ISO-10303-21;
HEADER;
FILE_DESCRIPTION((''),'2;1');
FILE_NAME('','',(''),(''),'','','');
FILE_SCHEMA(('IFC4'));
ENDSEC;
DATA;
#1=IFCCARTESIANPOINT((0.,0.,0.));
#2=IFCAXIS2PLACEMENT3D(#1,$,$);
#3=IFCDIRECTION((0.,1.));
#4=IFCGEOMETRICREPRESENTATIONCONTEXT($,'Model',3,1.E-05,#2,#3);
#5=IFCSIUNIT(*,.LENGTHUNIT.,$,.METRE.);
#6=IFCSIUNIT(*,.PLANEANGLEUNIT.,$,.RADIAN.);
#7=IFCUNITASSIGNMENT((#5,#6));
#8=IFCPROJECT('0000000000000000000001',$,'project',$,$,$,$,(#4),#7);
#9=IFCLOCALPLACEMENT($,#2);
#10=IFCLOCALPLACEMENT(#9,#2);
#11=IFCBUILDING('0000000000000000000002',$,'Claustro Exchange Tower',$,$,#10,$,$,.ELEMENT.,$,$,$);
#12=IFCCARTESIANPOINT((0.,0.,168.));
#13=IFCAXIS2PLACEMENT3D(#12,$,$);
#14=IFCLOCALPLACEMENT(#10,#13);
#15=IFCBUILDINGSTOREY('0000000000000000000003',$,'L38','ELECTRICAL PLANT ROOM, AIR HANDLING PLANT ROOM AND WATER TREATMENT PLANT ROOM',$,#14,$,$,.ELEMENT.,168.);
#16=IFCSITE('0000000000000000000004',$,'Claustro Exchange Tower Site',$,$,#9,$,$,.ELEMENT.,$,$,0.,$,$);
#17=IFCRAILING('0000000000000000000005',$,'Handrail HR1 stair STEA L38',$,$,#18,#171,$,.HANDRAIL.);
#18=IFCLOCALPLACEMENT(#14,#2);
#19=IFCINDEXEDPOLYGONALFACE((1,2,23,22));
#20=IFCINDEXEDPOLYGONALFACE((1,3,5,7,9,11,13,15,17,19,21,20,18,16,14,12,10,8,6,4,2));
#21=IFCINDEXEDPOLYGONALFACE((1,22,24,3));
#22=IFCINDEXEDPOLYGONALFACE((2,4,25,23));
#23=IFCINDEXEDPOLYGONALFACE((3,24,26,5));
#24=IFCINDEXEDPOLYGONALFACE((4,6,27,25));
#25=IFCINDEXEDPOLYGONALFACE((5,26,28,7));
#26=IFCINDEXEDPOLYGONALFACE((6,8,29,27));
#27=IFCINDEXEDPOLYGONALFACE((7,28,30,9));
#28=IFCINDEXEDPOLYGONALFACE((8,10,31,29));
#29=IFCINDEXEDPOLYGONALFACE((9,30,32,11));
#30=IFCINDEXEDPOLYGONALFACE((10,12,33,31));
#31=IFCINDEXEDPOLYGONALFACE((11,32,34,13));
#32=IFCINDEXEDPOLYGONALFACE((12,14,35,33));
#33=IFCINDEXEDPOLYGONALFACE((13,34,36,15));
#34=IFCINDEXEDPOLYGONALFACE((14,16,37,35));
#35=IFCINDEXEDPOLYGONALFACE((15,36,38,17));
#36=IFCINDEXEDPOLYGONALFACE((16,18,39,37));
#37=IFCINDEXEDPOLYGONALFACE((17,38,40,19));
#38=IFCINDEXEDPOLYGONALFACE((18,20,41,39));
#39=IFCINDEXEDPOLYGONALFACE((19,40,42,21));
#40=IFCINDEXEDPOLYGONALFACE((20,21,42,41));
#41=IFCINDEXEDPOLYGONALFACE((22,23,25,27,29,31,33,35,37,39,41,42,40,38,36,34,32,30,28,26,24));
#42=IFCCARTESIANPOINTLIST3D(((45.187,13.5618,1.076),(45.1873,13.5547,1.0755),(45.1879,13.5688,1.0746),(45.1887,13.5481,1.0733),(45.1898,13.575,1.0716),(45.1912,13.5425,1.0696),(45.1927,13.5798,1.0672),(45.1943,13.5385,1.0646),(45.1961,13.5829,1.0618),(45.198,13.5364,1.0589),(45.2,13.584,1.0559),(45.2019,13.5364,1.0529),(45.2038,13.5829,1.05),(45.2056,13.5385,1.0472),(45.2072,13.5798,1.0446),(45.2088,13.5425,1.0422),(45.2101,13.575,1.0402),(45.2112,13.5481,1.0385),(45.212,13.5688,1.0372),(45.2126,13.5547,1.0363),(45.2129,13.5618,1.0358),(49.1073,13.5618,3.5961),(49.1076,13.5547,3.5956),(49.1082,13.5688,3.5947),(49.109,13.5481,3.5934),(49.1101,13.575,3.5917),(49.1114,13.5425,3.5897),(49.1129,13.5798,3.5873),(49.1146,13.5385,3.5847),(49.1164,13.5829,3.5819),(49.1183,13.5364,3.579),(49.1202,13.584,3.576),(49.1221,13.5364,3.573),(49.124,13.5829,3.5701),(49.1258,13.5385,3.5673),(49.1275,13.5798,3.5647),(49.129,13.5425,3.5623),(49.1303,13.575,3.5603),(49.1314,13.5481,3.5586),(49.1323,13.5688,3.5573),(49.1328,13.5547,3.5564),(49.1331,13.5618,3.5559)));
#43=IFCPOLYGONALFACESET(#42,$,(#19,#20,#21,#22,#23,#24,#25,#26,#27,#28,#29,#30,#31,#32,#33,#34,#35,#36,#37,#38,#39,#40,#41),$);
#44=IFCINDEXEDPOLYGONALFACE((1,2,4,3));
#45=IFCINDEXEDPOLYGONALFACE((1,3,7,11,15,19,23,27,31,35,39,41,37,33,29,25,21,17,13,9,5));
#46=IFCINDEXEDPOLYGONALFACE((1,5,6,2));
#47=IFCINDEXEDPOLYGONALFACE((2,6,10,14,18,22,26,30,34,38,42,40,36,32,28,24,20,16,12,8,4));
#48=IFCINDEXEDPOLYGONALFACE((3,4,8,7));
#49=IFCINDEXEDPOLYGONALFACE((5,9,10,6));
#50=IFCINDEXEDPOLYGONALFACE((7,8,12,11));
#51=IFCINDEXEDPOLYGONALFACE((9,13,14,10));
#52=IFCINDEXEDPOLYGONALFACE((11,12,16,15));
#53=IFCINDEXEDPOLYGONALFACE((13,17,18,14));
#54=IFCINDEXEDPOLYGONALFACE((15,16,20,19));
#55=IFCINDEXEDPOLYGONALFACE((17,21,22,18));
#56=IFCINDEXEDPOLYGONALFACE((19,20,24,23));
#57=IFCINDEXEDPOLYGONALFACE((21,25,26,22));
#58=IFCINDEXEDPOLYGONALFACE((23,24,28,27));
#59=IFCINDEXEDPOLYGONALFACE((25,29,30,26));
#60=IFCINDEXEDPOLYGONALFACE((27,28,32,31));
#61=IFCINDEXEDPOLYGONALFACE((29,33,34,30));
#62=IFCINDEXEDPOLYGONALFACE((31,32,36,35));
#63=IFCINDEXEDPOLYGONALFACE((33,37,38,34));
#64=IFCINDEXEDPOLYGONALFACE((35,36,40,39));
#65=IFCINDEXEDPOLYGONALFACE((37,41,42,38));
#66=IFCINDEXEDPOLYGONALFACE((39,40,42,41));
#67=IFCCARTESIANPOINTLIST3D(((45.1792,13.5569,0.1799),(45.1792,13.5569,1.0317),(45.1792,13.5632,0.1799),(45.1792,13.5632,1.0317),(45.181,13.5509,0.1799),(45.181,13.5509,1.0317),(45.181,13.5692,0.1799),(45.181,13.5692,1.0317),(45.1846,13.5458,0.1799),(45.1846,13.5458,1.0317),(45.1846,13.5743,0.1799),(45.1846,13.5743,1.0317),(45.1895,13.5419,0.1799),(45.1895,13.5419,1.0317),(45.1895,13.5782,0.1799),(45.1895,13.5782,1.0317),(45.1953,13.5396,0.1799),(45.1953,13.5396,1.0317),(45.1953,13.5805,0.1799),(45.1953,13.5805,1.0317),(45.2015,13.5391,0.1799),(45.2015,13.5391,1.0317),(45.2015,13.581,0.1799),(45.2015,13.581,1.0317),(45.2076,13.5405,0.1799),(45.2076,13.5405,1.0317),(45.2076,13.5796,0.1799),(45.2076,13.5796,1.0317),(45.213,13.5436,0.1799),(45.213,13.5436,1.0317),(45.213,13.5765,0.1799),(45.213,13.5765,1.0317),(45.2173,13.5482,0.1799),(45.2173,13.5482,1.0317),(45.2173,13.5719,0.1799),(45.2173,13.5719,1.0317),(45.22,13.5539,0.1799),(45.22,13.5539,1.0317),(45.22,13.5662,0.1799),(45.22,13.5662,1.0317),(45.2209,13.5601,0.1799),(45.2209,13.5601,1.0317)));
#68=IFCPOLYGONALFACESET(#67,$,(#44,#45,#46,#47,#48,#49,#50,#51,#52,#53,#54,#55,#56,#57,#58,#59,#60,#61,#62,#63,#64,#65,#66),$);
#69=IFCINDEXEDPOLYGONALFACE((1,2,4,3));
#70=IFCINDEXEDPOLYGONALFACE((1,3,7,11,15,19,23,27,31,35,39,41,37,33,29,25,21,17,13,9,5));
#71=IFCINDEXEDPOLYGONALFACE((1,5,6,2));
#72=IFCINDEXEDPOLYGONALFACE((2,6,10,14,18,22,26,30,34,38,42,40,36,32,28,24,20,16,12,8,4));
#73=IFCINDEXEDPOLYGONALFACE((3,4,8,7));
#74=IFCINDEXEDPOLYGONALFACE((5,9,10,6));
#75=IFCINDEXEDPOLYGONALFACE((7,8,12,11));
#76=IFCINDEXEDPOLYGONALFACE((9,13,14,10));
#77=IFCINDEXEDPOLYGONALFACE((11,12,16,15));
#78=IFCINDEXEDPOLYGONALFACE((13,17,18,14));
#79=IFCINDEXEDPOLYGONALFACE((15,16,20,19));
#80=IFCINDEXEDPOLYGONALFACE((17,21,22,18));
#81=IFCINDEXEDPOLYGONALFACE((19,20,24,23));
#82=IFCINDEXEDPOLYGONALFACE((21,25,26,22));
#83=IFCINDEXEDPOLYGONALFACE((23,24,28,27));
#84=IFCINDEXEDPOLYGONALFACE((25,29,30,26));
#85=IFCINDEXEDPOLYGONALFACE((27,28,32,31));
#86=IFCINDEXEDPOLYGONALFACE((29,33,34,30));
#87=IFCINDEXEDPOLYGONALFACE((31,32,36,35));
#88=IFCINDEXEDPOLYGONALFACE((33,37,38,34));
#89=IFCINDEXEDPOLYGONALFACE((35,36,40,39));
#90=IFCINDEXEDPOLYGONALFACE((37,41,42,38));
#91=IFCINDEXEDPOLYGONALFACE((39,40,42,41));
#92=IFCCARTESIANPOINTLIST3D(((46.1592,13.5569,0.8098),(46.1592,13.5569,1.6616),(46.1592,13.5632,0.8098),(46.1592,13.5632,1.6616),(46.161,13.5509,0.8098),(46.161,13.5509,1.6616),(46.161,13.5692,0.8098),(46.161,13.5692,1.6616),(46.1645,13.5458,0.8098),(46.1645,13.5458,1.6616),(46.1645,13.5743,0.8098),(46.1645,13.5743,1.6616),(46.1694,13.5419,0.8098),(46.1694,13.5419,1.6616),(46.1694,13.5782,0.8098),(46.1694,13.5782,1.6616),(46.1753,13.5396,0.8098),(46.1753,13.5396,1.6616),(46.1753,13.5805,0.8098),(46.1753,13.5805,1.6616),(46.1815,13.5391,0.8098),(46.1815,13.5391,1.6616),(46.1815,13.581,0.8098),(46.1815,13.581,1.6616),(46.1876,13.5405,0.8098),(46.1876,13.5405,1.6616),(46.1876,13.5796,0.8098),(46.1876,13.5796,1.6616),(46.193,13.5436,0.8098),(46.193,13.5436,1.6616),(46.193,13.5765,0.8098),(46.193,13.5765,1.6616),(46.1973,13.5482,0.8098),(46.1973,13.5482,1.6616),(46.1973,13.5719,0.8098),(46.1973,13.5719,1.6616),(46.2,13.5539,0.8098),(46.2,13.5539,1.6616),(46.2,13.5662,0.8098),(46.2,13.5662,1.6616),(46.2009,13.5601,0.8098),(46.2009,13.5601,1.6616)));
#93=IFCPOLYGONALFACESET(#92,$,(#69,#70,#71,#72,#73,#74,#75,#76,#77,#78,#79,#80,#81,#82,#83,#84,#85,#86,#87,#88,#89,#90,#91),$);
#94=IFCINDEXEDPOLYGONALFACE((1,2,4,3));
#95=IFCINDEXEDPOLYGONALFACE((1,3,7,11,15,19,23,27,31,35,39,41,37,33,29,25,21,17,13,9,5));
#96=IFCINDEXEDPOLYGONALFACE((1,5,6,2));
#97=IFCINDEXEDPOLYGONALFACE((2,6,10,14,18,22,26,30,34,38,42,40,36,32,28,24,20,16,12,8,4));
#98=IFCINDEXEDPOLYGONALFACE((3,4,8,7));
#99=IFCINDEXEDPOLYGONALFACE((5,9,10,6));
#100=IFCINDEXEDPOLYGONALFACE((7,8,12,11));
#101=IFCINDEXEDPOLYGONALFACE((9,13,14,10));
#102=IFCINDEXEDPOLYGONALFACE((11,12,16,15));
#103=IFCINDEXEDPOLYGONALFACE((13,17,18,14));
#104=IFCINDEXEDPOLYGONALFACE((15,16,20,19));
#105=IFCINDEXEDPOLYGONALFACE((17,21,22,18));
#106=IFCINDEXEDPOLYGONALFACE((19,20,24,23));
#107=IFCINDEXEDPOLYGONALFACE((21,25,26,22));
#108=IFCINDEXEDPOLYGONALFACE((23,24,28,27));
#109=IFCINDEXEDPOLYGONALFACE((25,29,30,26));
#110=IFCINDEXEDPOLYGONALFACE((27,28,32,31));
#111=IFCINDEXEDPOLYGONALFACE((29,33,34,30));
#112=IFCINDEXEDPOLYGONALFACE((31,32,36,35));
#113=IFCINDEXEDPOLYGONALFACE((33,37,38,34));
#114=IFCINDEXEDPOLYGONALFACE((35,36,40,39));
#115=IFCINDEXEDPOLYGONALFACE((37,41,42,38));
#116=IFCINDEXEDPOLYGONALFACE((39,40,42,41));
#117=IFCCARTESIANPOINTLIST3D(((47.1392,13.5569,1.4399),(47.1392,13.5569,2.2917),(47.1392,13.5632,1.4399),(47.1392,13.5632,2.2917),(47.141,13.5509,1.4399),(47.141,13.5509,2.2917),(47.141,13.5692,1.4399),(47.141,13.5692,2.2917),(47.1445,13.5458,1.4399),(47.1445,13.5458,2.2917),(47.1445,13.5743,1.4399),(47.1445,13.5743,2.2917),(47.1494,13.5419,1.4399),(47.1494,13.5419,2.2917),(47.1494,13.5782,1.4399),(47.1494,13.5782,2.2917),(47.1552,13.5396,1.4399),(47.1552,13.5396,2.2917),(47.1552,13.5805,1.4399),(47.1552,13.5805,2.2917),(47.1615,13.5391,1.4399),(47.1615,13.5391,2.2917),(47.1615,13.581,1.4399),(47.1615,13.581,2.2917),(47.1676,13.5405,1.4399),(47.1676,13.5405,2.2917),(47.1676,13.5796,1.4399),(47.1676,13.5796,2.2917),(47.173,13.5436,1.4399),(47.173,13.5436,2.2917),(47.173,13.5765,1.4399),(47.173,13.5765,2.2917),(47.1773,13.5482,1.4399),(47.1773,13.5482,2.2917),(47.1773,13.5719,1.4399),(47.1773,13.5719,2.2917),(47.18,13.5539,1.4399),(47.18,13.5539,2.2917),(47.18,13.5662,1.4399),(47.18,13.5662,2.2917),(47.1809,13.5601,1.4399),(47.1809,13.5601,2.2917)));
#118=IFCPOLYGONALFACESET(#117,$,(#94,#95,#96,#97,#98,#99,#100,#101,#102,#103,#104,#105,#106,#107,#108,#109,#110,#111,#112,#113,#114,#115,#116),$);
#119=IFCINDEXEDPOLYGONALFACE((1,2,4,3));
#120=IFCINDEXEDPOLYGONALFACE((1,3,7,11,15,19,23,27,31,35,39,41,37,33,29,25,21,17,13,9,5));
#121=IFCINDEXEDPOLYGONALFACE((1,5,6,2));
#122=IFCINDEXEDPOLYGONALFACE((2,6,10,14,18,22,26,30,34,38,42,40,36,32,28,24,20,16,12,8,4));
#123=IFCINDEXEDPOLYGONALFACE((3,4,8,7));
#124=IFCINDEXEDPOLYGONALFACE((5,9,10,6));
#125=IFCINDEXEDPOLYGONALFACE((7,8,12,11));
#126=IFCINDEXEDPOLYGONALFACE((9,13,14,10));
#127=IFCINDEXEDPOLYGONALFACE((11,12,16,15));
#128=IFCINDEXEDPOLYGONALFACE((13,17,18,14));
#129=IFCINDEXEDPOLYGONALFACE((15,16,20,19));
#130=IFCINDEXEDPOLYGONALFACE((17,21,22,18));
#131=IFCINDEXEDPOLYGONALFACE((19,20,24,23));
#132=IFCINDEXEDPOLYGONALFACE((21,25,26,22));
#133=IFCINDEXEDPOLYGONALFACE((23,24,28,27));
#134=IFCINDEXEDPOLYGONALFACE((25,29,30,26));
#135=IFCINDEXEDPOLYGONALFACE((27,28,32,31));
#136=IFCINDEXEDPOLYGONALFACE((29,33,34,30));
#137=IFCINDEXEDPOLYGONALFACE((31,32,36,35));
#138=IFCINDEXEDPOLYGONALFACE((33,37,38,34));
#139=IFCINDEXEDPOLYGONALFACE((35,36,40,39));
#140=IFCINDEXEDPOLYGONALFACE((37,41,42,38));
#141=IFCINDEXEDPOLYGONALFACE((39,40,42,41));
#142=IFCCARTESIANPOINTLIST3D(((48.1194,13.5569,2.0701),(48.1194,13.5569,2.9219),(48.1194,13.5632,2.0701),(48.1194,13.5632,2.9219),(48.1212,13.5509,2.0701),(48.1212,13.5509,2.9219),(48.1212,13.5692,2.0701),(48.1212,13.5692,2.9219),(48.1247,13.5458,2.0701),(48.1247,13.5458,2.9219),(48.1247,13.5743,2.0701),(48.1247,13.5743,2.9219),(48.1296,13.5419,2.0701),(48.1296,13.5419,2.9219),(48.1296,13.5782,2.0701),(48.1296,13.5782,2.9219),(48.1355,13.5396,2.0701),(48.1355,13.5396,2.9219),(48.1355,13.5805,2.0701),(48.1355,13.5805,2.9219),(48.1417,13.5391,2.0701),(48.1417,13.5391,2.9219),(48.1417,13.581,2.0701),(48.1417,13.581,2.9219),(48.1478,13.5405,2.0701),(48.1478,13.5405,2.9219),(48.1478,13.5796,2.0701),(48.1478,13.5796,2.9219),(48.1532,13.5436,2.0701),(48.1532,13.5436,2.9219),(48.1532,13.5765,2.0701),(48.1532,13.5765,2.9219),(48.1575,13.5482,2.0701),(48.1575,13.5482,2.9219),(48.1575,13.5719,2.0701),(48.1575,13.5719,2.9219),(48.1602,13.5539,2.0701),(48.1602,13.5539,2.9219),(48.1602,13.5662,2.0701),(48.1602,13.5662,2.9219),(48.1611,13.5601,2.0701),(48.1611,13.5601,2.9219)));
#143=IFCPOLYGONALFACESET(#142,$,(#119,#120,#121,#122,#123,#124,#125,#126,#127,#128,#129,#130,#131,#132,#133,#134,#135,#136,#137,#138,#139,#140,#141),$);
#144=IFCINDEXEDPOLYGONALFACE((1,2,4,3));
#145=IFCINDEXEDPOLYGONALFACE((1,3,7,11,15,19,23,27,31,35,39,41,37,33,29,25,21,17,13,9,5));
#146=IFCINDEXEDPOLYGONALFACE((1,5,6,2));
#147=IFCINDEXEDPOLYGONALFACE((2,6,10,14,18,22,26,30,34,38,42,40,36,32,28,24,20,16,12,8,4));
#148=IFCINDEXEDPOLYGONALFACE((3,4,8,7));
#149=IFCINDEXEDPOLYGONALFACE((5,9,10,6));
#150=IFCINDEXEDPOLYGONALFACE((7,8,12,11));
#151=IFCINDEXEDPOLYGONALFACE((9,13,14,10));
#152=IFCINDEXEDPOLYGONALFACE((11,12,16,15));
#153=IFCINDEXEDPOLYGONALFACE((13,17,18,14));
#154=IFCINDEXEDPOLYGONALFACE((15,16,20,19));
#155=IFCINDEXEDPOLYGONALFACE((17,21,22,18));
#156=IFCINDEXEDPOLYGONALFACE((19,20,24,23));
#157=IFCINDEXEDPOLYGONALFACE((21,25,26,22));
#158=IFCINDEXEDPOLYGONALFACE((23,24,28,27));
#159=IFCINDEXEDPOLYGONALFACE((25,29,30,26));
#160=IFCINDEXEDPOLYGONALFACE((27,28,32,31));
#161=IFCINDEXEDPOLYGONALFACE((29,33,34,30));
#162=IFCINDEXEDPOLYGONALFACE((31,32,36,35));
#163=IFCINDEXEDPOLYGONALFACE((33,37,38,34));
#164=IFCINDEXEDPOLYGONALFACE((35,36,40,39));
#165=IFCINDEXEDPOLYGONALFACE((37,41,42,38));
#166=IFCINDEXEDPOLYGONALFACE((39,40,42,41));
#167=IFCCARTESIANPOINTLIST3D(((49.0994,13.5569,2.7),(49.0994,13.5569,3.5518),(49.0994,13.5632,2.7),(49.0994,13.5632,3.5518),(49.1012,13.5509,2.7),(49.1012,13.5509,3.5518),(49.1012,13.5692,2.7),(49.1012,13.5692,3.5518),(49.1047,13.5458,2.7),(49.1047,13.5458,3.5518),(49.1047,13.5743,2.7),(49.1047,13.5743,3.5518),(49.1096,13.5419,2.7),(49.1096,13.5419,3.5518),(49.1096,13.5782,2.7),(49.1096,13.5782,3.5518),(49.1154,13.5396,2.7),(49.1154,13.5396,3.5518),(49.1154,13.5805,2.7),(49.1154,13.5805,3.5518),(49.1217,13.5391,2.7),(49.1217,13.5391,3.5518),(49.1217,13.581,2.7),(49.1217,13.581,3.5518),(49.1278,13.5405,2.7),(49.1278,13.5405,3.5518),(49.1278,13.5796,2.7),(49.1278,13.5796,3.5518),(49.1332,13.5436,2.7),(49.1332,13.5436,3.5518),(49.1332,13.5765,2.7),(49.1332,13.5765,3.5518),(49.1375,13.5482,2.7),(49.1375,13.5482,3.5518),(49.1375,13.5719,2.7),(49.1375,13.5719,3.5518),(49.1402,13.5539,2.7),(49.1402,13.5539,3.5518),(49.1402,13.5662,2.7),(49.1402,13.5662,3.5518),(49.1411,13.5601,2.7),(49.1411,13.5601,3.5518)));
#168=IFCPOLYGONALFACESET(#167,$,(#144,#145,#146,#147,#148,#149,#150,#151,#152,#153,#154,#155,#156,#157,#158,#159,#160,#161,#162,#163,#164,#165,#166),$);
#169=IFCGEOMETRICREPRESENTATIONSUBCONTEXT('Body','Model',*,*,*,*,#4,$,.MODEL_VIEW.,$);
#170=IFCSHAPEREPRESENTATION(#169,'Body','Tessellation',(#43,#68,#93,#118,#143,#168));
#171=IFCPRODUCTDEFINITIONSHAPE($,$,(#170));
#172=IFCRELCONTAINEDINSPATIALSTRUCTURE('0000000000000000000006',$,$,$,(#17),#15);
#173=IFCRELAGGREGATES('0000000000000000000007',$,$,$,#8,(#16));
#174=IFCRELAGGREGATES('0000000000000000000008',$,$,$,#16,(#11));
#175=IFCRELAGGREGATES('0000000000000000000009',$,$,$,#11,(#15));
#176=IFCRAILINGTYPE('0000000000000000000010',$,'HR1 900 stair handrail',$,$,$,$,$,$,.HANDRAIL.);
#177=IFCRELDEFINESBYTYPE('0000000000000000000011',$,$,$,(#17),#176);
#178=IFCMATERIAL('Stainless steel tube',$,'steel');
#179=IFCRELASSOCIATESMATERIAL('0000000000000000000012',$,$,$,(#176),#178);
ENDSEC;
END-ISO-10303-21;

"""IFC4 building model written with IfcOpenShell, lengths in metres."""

from ifc_helpers import new_model, si_unit, direction, frame, origin, origin_2d, place, context, subcontext, project, spatial, circle, extrude, material, type_object, element, save


model = new_model("IFC4")

# Units and contexts
model_context = context("Model", 3, precision=1e-05, world=origin(), true_north=direction((0.0, 1.0)))
body_context = subcontext(model_context, "Body", "Model", "MODEL_VIEW")
ifc_project = project(units=[si_unit("LENGTHUNIT", "METRE"), si_unit("PLANEANGLEUNIT", "RADIAN")], contexts=[model_context])

# Site, building, storey
site_placement = place(None, origin())
site = spatial("IfcSite", under=ifc_project, at=site_placement, Name="Claustro Exchange Tower Site", CompositionType="ELEMENT", RefElevation=0.0)
building_placement = place(site_placement, origin())
building = spatial("IfcBuilding", under=site, at=building_placement, Name="Claustro Exchange Tower", CompositionType="ELEMENT")
storey_placement = place(building_placement, frame((0.0, 0.0, 168.0)))
storey = spatial("IfcBuildingStorey", under=building, at=storey_placement, Name="L38", Description="ELECTRICAL PLANT ROOM, AIR HANDLING PLANT ROOM AND WATER TREATMENT PLANT ROOM", CompositionType="ELEMENT", Elevation=168.0)

# Railing
ifc_material_1 = material(Name="Stainless steel tube", Category="steel")
railing_type_1 = type_object("IfcRailingType", Name="HR1 900 stair handrail", PredefinedType="HANDRAIL", material=ifc_material_1)
railing_1_placement = place(storey_placement, frame((45.2, 13.5601, 0.1799)))
element("IfcRailing", 1, at=railing_1_placement, inside=storey, type_object=railing_type_1, Name="Handrail HR1 stair STEA L38", PredefinedType="HANDRAIL", context=body_context, shape_type="SweptSolid", body=[
    extrude(circle(Radius=0.0239, at=origin_2d()), frame((0.0, 0.0, 0.876), z_axis=(0.841187, 0.0, 0.540744), x_axis=(0.0, 1.0, 0.0)), (0.0, 0.0, 1.0), 4.6604),
    extrude(circle(Radius=0.021, at=origin_2d()), origin(), (0.0, 0.0, 1.0), 0.8518),
    extrude(circle(Radius=0.021, at=origin_2d()), frame((0.98, 0.0, 0.6299)), (0.0, 0.0, 1.0), 0.8518),
    extrude(circle(Radius=0.021, at=origin_2d()), frame((1.96, 0.0, 1.26)), (0.0, 0.0, 1.0), 0.8518),
    extrude(circle(Radius=0.021, at=origin_2d()), frame((2.9402, 0.0, 1.8901)), (0.0, 0.0, 1.0), 0.8518),
    extrude(circle(Radius=0.021, at=origin_2d()), frame((3.9202, 0.0, 2.52)), (0.0, 0.0, 1.0), 0.8518),
])

save(model, "model.ifc")
